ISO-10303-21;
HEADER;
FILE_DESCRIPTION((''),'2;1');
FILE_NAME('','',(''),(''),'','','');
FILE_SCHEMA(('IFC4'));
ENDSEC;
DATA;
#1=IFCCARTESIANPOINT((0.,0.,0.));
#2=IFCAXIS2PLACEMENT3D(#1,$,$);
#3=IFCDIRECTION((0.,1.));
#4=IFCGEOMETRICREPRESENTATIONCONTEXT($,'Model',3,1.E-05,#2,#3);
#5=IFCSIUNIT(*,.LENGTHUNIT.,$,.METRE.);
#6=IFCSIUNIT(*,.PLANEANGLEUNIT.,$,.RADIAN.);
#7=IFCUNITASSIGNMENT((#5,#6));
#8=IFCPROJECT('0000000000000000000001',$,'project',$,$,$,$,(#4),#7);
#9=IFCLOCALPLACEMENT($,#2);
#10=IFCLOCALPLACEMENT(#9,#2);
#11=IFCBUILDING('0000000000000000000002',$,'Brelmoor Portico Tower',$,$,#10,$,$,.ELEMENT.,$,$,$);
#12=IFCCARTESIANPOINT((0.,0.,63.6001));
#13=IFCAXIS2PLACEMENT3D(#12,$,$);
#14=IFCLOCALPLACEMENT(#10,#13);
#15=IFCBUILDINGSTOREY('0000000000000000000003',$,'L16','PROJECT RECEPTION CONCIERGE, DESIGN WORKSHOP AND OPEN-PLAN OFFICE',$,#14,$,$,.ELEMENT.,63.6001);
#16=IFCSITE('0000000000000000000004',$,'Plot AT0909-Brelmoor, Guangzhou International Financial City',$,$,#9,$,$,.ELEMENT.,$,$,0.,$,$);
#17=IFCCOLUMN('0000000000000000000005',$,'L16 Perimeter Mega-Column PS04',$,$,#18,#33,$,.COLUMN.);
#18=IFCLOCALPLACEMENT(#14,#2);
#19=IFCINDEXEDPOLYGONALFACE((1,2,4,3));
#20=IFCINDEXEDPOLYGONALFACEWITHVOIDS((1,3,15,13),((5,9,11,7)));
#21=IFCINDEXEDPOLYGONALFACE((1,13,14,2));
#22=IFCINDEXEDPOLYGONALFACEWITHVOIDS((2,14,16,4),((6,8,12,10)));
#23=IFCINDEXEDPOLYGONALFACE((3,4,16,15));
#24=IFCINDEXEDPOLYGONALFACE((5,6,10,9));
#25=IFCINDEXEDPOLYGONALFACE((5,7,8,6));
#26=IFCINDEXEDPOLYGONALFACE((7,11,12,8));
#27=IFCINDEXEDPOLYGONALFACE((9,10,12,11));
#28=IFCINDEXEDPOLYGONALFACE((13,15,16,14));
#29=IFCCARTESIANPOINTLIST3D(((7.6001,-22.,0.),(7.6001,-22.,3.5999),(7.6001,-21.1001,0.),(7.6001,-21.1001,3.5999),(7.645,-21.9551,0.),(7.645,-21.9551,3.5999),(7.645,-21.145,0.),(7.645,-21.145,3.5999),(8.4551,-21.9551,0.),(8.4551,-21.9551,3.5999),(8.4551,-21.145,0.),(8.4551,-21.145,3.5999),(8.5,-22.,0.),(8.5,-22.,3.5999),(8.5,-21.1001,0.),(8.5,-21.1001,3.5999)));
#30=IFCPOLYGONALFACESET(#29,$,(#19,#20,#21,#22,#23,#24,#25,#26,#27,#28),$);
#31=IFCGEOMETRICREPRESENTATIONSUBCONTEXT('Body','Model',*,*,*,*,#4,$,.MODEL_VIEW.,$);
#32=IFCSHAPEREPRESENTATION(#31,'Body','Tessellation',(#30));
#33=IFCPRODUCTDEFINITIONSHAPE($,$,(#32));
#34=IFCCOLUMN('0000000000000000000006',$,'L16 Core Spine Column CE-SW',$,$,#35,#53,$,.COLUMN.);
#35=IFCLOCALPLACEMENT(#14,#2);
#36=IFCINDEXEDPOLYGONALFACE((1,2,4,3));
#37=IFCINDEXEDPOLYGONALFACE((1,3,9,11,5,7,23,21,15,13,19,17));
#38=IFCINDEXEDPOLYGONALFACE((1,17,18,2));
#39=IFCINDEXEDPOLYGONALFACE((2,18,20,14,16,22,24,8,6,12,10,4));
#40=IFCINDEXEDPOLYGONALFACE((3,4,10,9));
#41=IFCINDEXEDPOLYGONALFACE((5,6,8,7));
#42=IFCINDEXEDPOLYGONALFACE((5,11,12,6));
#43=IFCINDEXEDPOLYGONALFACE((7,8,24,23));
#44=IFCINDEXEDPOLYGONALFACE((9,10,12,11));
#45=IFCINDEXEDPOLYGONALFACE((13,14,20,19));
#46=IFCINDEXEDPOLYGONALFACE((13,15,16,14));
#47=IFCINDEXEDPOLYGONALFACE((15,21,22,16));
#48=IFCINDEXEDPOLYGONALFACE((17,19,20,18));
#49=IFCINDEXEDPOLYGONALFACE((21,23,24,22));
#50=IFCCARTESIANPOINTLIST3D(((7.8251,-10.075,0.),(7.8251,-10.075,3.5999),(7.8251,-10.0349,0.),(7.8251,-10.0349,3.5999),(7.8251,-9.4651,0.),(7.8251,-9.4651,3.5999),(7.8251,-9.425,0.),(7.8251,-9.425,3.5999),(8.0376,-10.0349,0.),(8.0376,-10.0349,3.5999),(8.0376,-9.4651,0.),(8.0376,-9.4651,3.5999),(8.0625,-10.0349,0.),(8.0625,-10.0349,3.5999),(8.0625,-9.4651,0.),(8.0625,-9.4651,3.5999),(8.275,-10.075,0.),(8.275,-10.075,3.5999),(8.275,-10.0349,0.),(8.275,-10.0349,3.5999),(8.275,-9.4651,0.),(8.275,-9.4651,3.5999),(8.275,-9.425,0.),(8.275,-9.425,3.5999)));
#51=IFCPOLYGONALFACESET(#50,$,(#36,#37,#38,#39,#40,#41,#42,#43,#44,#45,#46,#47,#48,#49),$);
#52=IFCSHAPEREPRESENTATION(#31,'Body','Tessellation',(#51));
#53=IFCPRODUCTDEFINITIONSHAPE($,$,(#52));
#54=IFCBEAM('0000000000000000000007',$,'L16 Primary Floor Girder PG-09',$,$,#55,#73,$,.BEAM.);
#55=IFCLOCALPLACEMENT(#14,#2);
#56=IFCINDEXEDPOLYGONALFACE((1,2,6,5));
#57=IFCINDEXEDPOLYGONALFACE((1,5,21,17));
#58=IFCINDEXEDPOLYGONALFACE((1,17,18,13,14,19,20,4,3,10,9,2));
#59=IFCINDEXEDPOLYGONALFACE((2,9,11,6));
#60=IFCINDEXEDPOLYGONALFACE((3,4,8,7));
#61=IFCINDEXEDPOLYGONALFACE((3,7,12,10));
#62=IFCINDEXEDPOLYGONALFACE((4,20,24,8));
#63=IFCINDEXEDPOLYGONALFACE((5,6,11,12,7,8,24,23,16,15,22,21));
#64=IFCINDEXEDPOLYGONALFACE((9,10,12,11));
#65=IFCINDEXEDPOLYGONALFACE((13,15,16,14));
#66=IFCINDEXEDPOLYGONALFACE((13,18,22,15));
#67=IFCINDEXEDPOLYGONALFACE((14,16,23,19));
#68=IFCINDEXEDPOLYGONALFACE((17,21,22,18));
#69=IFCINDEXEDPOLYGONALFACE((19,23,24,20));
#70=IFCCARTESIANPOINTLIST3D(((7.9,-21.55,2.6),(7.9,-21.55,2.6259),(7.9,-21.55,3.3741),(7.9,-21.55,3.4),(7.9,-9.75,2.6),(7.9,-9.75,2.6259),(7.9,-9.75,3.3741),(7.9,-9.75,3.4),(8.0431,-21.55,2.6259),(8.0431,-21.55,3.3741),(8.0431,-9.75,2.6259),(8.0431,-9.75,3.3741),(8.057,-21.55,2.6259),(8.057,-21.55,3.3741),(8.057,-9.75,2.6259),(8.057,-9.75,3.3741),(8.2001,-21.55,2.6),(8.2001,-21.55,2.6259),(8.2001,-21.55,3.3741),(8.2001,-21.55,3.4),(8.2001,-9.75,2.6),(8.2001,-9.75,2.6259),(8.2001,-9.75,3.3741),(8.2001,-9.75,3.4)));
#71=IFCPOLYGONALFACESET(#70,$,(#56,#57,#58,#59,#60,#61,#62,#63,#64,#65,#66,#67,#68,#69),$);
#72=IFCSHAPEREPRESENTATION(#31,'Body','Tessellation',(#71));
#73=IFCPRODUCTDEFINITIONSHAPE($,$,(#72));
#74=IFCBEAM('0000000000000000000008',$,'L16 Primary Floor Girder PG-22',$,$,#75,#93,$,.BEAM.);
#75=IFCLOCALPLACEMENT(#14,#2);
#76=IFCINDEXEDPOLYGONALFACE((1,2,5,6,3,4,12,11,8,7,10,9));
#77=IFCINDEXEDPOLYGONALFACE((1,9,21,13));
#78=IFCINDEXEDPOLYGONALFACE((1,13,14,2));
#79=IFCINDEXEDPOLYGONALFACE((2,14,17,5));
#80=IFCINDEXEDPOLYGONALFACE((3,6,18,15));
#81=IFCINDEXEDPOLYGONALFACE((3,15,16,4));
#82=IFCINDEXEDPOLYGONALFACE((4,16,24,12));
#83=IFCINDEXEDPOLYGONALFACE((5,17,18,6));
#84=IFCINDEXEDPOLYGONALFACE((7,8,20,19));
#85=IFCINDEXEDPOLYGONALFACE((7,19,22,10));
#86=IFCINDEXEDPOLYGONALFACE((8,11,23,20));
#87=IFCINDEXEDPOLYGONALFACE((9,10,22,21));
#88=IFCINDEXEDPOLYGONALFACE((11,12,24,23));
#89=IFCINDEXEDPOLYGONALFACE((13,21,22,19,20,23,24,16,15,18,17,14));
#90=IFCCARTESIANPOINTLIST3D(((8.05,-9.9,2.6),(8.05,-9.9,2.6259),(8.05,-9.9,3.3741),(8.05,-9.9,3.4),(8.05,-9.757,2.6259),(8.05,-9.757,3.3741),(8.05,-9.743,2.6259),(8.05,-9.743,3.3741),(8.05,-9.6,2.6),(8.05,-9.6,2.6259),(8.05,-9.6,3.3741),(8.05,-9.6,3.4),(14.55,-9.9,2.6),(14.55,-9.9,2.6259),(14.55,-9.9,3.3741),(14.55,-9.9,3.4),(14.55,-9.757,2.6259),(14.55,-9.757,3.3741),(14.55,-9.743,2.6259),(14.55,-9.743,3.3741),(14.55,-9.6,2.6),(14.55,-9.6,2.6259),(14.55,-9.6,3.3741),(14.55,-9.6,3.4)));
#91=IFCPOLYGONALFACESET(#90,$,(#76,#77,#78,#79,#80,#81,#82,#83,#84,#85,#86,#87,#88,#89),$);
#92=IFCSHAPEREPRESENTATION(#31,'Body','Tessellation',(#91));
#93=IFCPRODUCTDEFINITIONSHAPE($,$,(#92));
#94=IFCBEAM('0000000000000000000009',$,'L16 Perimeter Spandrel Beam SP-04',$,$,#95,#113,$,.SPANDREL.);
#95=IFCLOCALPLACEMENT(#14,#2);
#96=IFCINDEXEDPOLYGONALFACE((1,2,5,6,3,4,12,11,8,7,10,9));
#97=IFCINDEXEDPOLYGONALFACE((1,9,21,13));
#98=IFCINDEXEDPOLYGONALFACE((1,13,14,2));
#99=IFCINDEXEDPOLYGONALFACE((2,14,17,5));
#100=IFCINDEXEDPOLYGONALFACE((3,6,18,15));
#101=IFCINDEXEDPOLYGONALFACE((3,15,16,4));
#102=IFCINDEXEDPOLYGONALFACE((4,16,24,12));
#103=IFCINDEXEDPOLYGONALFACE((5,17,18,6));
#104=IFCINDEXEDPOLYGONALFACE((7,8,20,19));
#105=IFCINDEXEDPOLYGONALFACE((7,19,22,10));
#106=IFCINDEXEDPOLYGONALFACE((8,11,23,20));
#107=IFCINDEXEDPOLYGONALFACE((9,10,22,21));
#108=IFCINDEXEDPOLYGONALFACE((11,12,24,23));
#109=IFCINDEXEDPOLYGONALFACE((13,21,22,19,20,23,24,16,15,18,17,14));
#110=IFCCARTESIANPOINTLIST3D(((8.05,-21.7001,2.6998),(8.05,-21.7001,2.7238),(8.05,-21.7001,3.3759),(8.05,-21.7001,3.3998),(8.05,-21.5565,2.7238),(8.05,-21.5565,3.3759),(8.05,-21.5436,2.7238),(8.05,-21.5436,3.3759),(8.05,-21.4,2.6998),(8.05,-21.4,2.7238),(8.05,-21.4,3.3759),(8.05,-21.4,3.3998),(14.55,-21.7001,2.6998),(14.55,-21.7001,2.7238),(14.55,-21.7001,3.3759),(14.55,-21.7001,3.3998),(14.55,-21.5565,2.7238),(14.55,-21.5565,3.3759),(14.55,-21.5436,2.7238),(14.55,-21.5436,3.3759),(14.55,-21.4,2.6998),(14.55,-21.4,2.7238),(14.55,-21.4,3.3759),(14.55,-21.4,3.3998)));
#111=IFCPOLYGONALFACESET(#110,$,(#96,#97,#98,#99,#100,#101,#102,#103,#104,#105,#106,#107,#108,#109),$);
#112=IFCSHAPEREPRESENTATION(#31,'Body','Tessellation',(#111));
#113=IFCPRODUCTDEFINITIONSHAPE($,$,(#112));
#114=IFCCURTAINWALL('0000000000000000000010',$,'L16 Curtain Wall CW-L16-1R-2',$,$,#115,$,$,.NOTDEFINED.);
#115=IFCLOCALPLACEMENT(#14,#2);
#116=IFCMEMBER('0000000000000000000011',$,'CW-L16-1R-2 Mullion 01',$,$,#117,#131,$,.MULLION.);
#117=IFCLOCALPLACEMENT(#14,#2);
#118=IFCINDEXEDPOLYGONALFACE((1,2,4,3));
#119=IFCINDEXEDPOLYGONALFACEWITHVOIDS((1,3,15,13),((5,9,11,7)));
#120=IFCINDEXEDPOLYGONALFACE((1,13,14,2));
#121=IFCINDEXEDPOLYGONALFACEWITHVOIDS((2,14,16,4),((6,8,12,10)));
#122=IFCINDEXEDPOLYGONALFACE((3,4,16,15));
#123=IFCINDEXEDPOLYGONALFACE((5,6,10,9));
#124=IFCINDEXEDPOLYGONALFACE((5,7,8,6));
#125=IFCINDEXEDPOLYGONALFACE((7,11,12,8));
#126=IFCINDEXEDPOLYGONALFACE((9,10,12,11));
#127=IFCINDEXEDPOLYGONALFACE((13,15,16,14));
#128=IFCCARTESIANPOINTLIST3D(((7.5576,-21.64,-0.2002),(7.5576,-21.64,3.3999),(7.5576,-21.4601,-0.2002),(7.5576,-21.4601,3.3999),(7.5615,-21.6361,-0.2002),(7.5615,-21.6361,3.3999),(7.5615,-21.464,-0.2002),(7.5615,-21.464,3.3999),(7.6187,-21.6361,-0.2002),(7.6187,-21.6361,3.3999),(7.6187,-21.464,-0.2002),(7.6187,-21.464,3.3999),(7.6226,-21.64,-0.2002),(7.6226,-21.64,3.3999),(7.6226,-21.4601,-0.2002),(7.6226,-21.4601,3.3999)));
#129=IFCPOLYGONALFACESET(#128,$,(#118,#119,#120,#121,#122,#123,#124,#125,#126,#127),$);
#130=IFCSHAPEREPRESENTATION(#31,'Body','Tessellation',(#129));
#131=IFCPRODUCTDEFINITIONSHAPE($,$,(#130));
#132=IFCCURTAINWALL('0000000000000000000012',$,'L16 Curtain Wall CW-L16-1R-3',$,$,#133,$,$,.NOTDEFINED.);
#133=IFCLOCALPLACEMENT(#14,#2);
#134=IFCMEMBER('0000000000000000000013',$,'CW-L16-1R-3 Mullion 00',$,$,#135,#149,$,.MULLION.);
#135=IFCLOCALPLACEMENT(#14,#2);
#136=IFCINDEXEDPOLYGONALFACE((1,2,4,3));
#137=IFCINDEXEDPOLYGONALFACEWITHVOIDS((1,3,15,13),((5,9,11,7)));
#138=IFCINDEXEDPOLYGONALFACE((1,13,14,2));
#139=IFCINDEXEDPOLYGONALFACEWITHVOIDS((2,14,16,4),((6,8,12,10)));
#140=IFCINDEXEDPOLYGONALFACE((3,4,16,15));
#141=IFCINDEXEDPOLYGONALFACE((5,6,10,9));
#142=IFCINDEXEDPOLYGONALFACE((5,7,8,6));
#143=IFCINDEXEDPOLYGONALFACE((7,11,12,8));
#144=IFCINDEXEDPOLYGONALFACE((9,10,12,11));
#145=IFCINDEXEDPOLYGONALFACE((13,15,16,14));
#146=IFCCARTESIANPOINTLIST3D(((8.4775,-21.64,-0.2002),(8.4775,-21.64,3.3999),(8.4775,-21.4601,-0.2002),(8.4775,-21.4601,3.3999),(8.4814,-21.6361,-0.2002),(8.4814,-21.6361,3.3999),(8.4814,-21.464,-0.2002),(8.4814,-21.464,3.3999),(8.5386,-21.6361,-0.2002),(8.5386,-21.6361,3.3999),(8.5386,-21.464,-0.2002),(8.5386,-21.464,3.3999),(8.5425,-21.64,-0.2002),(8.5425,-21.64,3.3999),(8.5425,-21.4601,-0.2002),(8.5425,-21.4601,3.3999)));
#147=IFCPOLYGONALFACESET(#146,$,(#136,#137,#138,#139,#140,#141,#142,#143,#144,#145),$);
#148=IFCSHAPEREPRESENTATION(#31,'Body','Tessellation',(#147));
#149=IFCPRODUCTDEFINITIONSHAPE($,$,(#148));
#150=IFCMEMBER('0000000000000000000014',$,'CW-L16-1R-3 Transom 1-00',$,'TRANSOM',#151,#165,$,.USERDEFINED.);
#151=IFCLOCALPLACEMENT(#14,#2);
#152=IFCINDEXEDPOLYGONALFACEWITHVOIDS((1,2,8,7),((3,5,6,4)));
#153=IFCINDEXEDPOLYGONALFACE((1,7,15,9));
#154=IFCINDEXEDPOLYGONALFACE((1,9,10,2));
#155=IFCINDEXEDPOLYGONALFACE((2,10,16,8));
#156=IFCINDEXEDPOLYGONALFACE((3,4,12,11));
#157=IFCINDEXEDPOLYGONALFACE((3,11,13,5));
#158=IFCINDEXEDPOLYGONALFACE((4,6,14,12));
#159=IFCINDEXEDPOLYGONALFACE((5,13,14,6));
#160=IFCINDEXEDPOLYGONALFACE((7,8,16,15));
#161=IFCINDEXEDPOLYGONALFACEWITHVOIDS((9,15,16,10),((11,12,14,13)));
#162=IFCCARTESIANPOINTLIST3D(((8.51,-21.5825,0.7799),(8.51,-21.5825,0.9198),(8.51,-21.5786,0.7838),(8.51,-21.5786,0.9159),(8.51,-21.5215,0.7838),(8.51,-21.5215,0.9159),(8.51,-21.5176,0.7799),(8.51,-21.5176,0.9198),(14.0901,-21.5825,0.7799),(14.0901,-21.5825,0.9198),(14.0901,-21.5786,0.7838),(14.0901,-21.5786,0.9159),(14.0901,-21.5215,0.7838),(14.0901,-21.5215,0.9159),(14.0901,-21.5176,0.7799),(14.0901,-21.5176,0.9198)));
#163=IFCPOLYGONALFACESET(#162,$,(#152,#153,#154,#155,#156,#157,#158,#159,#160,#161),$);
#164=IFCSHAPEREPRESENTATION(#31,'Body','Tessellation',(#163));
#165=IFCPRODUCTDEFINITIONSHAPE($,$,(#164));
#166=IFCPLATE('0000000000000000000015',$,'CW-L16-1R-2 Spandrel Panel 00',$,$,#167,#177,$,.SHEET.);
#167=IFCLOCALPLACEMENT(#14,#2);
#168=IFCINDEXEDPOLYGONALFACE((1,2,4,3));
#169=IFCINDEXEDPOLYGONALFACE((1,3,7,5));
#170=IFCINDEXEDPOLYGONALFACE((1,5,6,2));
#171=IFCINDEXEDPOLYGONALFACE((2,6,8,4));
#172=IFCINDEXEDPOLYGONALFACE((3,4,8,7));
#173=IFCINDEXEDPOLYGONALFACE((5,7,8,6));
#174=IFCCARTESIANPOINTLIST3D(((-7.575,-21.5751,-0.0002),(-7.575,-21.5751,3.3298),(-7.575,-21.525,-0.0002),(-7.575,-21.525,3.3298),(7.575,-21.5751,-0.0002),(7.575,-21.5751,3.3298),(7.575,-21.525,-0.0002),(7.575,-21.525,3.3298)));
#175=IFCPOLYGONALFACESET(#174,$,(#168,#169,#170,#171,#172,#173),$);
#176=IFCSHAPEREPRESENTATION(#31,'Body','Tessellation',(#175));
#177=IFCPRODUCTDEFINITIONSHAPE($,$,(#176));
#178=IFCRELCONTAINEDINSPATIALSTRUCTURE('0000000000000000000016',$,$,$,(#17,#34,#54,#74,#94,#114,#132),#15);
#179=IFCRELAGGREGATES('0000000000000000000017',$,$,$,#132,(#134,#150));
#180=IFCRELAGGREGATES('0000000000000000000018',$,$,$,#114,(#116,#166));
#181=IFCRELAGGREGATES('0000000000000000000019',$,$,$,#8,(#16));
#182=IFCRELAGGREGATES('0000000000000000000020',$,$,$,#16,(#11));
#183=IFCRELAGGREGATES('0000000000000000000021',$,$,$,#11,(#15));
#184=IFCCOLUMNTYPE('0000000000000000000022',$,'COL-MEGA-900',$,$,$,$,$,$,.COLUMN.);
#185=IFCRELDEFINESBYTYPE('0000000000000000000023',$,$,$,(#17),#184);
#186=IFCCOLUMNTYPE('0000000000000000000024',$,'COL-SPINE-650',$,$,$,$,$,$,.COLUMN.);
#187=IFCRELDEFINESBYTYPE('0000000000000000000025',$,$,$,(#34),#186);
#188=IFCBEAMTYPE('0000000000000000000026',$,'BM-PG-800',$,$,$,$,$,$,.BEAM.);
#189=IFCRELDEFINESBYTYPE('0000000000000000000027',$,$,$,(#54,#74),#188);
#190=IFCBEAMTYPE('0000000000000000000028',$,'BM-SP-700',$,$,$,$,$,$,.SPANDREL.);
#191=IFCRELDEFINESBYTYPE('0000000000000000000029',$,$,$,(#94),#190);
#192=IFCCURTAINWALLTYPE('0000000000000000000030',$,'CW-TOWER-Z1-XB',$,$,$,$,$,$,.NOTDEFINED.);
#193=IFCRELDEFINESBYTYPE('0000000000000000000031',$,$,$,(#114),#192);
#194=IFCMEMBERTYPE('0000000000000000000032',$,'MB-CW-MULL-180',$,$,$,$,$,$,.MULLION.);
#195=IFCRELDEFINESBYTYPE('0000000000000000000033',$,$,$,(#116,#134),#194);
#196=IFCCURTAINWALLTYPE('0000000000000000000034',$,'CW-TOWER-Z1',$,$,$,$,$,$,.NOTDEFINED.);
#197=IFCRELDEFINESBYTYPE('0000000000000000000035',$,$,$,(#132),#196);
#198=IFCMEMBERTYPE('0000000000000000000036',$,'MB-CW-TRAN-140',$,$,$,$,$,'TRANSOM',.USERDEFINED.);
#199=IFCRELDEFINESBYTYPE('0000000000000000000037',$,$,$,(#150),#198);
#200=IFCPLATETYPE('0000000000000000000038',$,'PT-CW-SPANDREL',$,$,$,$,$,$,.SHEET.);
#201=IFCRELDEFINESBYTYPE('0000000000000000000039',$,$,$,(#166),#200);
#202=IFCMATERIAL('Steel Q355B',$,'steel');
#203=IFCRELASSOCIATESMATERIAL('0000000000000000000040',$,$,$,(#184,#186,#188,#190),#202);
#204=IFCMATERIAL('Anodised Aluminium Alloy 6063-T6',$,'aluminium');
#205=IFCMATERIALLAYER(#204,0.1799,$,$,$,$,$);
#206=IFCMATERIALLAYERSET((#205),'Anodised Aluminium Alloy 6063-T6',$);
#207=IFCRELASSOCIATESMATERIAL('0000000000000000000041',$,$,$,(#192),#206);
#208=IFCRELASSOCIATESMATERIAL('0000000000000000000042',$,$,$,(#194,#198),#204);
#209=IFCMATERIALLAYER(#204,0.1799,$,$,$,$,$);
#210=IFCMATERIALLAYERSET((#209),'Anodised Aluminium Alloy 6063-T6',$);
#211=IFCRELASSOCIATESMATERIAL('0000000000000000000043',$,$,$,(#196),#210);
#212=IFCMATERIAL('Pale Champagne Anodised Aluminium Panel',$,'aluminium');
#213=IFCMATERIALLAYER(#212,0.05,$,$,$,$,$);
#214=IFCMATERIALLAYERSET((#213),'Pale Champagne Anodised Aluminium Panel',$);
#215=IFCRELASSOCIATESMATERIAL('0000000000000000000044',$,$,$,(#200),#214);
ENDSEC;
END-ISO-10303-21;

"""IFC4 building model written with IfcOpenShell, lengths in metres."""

from ifc_helpers import new_model, si_unit, direction, frame, origin, origin_2d, place, context, subcontext, project, spatial, rectangle, hollow_rectangle, i_section, extrude, material, layer, layer_set, material_profile, profile_set, type_object, element, aggregate, save


model = new_model("IFC4")

# Units and contexts
model_context = context("Model", 3, precision=1e-05, world=origin(), true_north=direction((0.0, 1.0)))
body_context = subcontext(model_context, "Body", "Model", "MODEL_VIEW")
ifc_project = project(units=[si_unit("LENGTHUNIT", "METRE"), si_unit("PLANEANGLEUNIT", "RADIAN")], contexts=[model_context])

# Site, building, storey
site_placement = place(None, origin())
site = spatial("IfcSite", under=ifc_project, at=site_placement, Name="Plot AT0909-Brelmoor, Guangzhou International Financial City", CompositionType="ELEMENT", RefElevation=0.0)
building_placement = place(site_placement, origin())
building = spatial("IfcBuilding", under=site, at=building_placement, Name="Brelmoor Portico Tower", CompositionType="ELEMENT")
storey_placement = place(building_placement, frame((0.0, 0.0, 63.6001)))
storey = spatial("IfcBuildingStorey", under=building, at=storey_placement, Name="L16", Description="PROJECT RECEPTION CONCIERGE, DESIGN WORKSHOP AND OPEN-PLAN OFFICE", CompositionType="ELEMENT", Elevation=63.6001)

# Columns
ifc_material_1 = material(Name="Steel Q355B", Category="steel")
ifc_material_profile_1 = material_profile(ifc_material_1, hollow_rectangle(XDim=0.8999, YDim=0.8999, WallThickness=0.0449, at=origin_2d()), Name="BOX 900x900x45")
ifc_profile_set_1 = profile_set([ifc_material_profile_1], Name="Steel Q355B")
column_type_1 = type_object("IfcColumnType", Name="COL-MEGA-900", PredefinedType="COLUMN", material=ifc_profile_set_1)
column_1_placement = place(storey_placement, frame((8.05, -21.55, 0.0), z_axis=(0.0, 0.0, 1.0), x_axis=(1.0, 0.0, 0.0)))
element("IfcColumn", 1, at=column_1_placement, inside=storey, type_object=column_type_1, Name="L16 Perimeter Mega-Column PS04", PredefinedType="COLUMN", context=body_context, shape_type="SweptSolid", body=[
    extrude(hollow_rectangle(XDim=0.8999, YDim=0.8999, WallThickness=0.0449, at=origin_2d()), origin(), (0.0, 0.0, 1.0), 3.5999),
])
ifc_material_profile_2 = material_profile(ifc_material_1, i_section(OverallWidth=0.45, OverallDepth=0.6499, WebThickness=0.0249, FlangeThickness=0.04, at=origin_2d()), Name="HW 650x450x25x40")
ifc_profile_set_2 = profile_set([ifc_material_profile_2], Name="Steel Q355B")
column_type_2 = type_object("IfcColumnType", Name="COL-SPINE-650", PredefinedType="COLUMN", material=ifc_profile_set_2)
column_2_placement = place(storey_placement, frame((8.05, -9.75, 0.0), z_axis=(0.0, 0.0, 1.0), x_axis=(1.0, 0.0, 0.0)))
element("IfcColumn", 2, at=column_2_placement, inside=storey, type_object=column_type_2, Name="L16 Core Spine Column CE-SW", PredefinedType="COLUMN", context=body_context, shape_type="SweptSolid", body=[
    extrude(i_section(OverallWidth=0.45, OverallDepth=0.6499, WebThickness=0.0249, FlangeThickness=0.04, at=origin_2d()), origin(), (0.0, 0.0, 1.0), 3.5999),
])

# Beams
ifc_material_profile_3 = material_profile(ifc_material_1, i_section(OverallWidth=0.3, OverallDepth=0.8, WebThickness=0.0139, FlangeThickness=0.0259, at=origin_2d()), Name="HN 800x300x14x26")
ifc_profile_set_3 = profile_set([ifc_material_profile_3], Name="Steel Q355B")
beam_type_1 = type_object("IfcBeamType", Name="BM-PG-800", PredefinedType="BEAM", material=ifc_profile_set_3)
beam_1_placement = place(storey_placement, frame((8.05, -21.55, 3.0), z_axis=(0.0, 1.0, 0.0), x_axis=(-1.0, 0.0, 0.0)))
element("IfcBeam", 3, at=beam_1_placement, inside=storey, type_object=beam_type_1, Name="L16 Primary Floor Girder PG-09", PredefinedType="BEAM", context=body_context, shape_type="SweptSolid", body=[
    extrude(i_section(OverallWidth=0.3, OverallDepth=0.8, WebThickness=0.0139, FlangeThickness=0.0259, at=origin_2d()), origin(), (0.0, 0.0, 1.0), 11.8),
])
beam_2_placement = place(storey_placement, frame((8.05, -9.75, 3.0), z_axis=(1.0, 0.0, 0.0), x_axis=(0.0, 1.0, 0.0)))
element("IfcBeam", 4, at=beam_2_placement, inside=storey, type_object=beam_type_1, Name="L16 Primary Floor Girder PG-22", PredefinedType="BEAM", context=body_context, shape_type="SweptSolid", body=[
    extrude(i_section(OverallWidth=0.3, OverallDepth=0.8, WebThickness=0.0139, FlangeThickness=0.0259, at=origin_2d()), origin(), (0.0, 0.0, 1.0), 6.5),
])
ifc_material_profile_4 = material_profile(ifc_material_1, i_section(OverallWidth=0.3, OverallDepth=0.7, WebThickness=0.0129, FlangeThickness=0.0239, at=origin_2d()), Name="HN 700x300x13x24")
ifc_profile_set_4 = profile_set([ifc_material_profile_4], Name="Steel Q355B")
beam_type_2 = type_object("IfcBeamType", Name="BM-SP-700", PredefinedType="SPANDREL", material=ifc_profile_set_4)
beam_3_placement = place(storey_placement, frame((8.05, -21.55, 3.0498), z_axis=(1.0, 0.0, 0.0), x_axis=(0.0, 1.0, 0.0)))
element("IfcBeam", 5, at=beam_3_placement, inside=storey, type_object=beam_type_2, Name="L16 Perimeter Spandrel Beam SP-04", PredefinedType="SPANDREL", context=body_context, shape_type="SweptSolid", body=[
    extrude(i_section(OverallWidth=0.3, OverallDepth=0.7, WebThickness=0.0129, FlangeThickness=0.0239, at=origin_2d()), origin(), (0.0, 0.0, 1.0), 6.5),
])

# Curtain wall, member
ifc_material_2 = material(Name="Anodised Aluminium Alloy 6063-T6", Category="aluminium")
ifc_layer_1 = layer(ifc_material_2, 0.1799)
ifc_layer_set_1 = layer_set([ifc_layer_1], Name="Anodised Aluminium Alloy 6063-T6")
curtain_wall_type_1 = type_object("IfcCurtainWallType", Name="CW-TOWER-Z1-XB", PredefinedType="NOTDEFINED", material=ifc_layer_set_1)
curtain_wall_1_placement = place(storey_placement, origin())
curtain_wall_1 = element("IfcCurtainWall", 6, at=curtain_wall_1_placement, inside=storey, type_object=curtain_wall_type_1, Name="L16 Curtain Wall CW-L16-1R-2", PredefinedType="NOTDEFINED")
ifc_material_profile_5 = material_profile(ifc_material_2, hollow_rectangle(XDim=0.0649, YDim=0.1799, WallThickness=0.0039, at=origin_2d()), Name="ALU MULLION 65x180")
ifc_profile_set_5 = profile_set([ifc_material_profile_5], Name="Anodised Aluminium Alloy 6063-T6")
member_type_1 = type_object("IfcMemberType", Name="MB-CW-MULL-180", PredefinedType="MULLION", material=ifc_profile_set_5)
member_1_placement = place(storey_placement, frame((7.5901, -21.55, -0.2002), z_axis=(0.0, 0.0, 1.0), x_axis=(1.0, 0.0, 0.0)))
member_1 = element("IfcMember", 7, at=member_1_placement, type_object=member_type_1, Name="CW-L16-1R-2 Mullion 01", PredefinedType="MULLION", context=body_context, shape_type="SweptSolid", body=[
    extrude(hollow_rectangle(XDim=0.0649, YDim=0.1799, WallThickness=0.0039, at=origin_2d()), origin(), (0.0, 0.0, 1.0), 3.6001),
])

# Curtain wall, members
ifc_layer_2 = layer(ifc_material_2, 0.1799)
ifc_layer_set_2 = layer_set([ifc_layer_2], Name="Anodised Aluminium Alloy 6063-T6")
curtain_wall_type_2 = type_object("IfcCurtainWallType", Name="CW-TOWER-Z1", PredefinedType="NOTDEFINED", material=ifc_layer_set_2)
curtain_wall_2_placement = place(storey_placement, origin())
curtain_wall_2 = element("IfcCurtainWall", 8, at=curtain_wall_2_placement, inside=storey, type_object=curtain_wall_type_2, Name="L16 Curtain Wall CW-L16-1R-3", PredefinedType="NOTDEFINED")
member_2_placement = place(storey_placement, frame((8.51, -21.55, -0.2002), z_axis=(0.0, 0.0, 1.0), x_axis=(1.0, 0.0, 0.0)))
member_2 = element("IfcMember", 9, at=member_2_placement, type_object=member_type_1, Name="CW-L16-1R-3 Mullion 00", PredefinedType="MULLION", context=body_context, shape_type="SweptSolid", body=[
    extrude(hollow_rectangle(XDim=0.0649, YDim=0.1799, WallThickness=0.0039, at=origin_2d()), origin(), (0.0, 0.0, 1.0), 3.6001),
])
ifc_material_profile_6 = material_profile(ifc_material_2, hollow_rectangle(XDim=0.0649, YDim=0.1399, WallThickness=0.0039, at=origin_2d()), Name="ALU TRANSOM 65x140")
ifc_profile_set_6 = profile_set([ifc_material_profile_6], Name="Anodised Aluminium Alloy 6063-T6")
member_type_2 = type_object("IfcMemberType", Name="MB-CW-TRAN-140", ElementType="TRANSOM", PredefinedType="USERDEFINED", material=ifc_profile_set_6)
member_3_placement = place(storey_placement, frame((8.51, -21.55, 0.8499), z_axis=(1.0, 0.0, 0.0), x_axis=(0.0, 1.0, 0.0)))
member_3 = element("IfcMember", 10, at=member_3_placement, type_object=member_type_2, Name="CW-L16-1R-3 Transom 1-00", ObjectType="TRANSOM", PredefinedType="USERDEFINED", context=body_context, shape_type="SweptSolid", body=[
    extrude(hollow_rectangle(XDim=0.0649, YDim=0.1399, WallThickness=0.0039, at=origin_2d()), origin(), (0.0, 0.0, 1.0), 5.5801),
])
aggregate(curtain_wall_2, [member_2, member_3])

# Plate
ifc_material_3 = material(Name="Pale Champagne Anodised Aluminium Panel", Category="aluminium")
ifc_layer_3 = layer(ifc_material_3, 0.05)
ifc_layer_set_3 = layer_set([ifc_layer_3], Name="Pale Champagne Anodised Aluminium Panel")
plate_type_1 = type_object("IfcPlateType", Name="PT-CW-SPANDREL", PredefinedType="SHEET", material=ifc_layer_set_3)
plate_1_placement = place(storey_placement, frame((0.0, -21.55, -0.0002), z_axis=(0.0, 0.0, 1.0), x_axis=(1.0, 0.0, 0.0)))
plate_1 = element("IfcPlate", 11, at=plate_1_placement, type_object=plate_type_1, Name="CW-L16-1R-2 Spandrel Panel 00", PredefinedType="SHEET", context=body_context, shape_type="SweptSolid", body=[
    extrude(rectangle(XDim=15.1499, YDim=0.05, at=origin_2d()), origin(), (0.0, 0.0, 1.0), 3.3301),
])
aggregate(curtain_wall_1, [member_1, plate_1])

save(model, "model.ifc")
